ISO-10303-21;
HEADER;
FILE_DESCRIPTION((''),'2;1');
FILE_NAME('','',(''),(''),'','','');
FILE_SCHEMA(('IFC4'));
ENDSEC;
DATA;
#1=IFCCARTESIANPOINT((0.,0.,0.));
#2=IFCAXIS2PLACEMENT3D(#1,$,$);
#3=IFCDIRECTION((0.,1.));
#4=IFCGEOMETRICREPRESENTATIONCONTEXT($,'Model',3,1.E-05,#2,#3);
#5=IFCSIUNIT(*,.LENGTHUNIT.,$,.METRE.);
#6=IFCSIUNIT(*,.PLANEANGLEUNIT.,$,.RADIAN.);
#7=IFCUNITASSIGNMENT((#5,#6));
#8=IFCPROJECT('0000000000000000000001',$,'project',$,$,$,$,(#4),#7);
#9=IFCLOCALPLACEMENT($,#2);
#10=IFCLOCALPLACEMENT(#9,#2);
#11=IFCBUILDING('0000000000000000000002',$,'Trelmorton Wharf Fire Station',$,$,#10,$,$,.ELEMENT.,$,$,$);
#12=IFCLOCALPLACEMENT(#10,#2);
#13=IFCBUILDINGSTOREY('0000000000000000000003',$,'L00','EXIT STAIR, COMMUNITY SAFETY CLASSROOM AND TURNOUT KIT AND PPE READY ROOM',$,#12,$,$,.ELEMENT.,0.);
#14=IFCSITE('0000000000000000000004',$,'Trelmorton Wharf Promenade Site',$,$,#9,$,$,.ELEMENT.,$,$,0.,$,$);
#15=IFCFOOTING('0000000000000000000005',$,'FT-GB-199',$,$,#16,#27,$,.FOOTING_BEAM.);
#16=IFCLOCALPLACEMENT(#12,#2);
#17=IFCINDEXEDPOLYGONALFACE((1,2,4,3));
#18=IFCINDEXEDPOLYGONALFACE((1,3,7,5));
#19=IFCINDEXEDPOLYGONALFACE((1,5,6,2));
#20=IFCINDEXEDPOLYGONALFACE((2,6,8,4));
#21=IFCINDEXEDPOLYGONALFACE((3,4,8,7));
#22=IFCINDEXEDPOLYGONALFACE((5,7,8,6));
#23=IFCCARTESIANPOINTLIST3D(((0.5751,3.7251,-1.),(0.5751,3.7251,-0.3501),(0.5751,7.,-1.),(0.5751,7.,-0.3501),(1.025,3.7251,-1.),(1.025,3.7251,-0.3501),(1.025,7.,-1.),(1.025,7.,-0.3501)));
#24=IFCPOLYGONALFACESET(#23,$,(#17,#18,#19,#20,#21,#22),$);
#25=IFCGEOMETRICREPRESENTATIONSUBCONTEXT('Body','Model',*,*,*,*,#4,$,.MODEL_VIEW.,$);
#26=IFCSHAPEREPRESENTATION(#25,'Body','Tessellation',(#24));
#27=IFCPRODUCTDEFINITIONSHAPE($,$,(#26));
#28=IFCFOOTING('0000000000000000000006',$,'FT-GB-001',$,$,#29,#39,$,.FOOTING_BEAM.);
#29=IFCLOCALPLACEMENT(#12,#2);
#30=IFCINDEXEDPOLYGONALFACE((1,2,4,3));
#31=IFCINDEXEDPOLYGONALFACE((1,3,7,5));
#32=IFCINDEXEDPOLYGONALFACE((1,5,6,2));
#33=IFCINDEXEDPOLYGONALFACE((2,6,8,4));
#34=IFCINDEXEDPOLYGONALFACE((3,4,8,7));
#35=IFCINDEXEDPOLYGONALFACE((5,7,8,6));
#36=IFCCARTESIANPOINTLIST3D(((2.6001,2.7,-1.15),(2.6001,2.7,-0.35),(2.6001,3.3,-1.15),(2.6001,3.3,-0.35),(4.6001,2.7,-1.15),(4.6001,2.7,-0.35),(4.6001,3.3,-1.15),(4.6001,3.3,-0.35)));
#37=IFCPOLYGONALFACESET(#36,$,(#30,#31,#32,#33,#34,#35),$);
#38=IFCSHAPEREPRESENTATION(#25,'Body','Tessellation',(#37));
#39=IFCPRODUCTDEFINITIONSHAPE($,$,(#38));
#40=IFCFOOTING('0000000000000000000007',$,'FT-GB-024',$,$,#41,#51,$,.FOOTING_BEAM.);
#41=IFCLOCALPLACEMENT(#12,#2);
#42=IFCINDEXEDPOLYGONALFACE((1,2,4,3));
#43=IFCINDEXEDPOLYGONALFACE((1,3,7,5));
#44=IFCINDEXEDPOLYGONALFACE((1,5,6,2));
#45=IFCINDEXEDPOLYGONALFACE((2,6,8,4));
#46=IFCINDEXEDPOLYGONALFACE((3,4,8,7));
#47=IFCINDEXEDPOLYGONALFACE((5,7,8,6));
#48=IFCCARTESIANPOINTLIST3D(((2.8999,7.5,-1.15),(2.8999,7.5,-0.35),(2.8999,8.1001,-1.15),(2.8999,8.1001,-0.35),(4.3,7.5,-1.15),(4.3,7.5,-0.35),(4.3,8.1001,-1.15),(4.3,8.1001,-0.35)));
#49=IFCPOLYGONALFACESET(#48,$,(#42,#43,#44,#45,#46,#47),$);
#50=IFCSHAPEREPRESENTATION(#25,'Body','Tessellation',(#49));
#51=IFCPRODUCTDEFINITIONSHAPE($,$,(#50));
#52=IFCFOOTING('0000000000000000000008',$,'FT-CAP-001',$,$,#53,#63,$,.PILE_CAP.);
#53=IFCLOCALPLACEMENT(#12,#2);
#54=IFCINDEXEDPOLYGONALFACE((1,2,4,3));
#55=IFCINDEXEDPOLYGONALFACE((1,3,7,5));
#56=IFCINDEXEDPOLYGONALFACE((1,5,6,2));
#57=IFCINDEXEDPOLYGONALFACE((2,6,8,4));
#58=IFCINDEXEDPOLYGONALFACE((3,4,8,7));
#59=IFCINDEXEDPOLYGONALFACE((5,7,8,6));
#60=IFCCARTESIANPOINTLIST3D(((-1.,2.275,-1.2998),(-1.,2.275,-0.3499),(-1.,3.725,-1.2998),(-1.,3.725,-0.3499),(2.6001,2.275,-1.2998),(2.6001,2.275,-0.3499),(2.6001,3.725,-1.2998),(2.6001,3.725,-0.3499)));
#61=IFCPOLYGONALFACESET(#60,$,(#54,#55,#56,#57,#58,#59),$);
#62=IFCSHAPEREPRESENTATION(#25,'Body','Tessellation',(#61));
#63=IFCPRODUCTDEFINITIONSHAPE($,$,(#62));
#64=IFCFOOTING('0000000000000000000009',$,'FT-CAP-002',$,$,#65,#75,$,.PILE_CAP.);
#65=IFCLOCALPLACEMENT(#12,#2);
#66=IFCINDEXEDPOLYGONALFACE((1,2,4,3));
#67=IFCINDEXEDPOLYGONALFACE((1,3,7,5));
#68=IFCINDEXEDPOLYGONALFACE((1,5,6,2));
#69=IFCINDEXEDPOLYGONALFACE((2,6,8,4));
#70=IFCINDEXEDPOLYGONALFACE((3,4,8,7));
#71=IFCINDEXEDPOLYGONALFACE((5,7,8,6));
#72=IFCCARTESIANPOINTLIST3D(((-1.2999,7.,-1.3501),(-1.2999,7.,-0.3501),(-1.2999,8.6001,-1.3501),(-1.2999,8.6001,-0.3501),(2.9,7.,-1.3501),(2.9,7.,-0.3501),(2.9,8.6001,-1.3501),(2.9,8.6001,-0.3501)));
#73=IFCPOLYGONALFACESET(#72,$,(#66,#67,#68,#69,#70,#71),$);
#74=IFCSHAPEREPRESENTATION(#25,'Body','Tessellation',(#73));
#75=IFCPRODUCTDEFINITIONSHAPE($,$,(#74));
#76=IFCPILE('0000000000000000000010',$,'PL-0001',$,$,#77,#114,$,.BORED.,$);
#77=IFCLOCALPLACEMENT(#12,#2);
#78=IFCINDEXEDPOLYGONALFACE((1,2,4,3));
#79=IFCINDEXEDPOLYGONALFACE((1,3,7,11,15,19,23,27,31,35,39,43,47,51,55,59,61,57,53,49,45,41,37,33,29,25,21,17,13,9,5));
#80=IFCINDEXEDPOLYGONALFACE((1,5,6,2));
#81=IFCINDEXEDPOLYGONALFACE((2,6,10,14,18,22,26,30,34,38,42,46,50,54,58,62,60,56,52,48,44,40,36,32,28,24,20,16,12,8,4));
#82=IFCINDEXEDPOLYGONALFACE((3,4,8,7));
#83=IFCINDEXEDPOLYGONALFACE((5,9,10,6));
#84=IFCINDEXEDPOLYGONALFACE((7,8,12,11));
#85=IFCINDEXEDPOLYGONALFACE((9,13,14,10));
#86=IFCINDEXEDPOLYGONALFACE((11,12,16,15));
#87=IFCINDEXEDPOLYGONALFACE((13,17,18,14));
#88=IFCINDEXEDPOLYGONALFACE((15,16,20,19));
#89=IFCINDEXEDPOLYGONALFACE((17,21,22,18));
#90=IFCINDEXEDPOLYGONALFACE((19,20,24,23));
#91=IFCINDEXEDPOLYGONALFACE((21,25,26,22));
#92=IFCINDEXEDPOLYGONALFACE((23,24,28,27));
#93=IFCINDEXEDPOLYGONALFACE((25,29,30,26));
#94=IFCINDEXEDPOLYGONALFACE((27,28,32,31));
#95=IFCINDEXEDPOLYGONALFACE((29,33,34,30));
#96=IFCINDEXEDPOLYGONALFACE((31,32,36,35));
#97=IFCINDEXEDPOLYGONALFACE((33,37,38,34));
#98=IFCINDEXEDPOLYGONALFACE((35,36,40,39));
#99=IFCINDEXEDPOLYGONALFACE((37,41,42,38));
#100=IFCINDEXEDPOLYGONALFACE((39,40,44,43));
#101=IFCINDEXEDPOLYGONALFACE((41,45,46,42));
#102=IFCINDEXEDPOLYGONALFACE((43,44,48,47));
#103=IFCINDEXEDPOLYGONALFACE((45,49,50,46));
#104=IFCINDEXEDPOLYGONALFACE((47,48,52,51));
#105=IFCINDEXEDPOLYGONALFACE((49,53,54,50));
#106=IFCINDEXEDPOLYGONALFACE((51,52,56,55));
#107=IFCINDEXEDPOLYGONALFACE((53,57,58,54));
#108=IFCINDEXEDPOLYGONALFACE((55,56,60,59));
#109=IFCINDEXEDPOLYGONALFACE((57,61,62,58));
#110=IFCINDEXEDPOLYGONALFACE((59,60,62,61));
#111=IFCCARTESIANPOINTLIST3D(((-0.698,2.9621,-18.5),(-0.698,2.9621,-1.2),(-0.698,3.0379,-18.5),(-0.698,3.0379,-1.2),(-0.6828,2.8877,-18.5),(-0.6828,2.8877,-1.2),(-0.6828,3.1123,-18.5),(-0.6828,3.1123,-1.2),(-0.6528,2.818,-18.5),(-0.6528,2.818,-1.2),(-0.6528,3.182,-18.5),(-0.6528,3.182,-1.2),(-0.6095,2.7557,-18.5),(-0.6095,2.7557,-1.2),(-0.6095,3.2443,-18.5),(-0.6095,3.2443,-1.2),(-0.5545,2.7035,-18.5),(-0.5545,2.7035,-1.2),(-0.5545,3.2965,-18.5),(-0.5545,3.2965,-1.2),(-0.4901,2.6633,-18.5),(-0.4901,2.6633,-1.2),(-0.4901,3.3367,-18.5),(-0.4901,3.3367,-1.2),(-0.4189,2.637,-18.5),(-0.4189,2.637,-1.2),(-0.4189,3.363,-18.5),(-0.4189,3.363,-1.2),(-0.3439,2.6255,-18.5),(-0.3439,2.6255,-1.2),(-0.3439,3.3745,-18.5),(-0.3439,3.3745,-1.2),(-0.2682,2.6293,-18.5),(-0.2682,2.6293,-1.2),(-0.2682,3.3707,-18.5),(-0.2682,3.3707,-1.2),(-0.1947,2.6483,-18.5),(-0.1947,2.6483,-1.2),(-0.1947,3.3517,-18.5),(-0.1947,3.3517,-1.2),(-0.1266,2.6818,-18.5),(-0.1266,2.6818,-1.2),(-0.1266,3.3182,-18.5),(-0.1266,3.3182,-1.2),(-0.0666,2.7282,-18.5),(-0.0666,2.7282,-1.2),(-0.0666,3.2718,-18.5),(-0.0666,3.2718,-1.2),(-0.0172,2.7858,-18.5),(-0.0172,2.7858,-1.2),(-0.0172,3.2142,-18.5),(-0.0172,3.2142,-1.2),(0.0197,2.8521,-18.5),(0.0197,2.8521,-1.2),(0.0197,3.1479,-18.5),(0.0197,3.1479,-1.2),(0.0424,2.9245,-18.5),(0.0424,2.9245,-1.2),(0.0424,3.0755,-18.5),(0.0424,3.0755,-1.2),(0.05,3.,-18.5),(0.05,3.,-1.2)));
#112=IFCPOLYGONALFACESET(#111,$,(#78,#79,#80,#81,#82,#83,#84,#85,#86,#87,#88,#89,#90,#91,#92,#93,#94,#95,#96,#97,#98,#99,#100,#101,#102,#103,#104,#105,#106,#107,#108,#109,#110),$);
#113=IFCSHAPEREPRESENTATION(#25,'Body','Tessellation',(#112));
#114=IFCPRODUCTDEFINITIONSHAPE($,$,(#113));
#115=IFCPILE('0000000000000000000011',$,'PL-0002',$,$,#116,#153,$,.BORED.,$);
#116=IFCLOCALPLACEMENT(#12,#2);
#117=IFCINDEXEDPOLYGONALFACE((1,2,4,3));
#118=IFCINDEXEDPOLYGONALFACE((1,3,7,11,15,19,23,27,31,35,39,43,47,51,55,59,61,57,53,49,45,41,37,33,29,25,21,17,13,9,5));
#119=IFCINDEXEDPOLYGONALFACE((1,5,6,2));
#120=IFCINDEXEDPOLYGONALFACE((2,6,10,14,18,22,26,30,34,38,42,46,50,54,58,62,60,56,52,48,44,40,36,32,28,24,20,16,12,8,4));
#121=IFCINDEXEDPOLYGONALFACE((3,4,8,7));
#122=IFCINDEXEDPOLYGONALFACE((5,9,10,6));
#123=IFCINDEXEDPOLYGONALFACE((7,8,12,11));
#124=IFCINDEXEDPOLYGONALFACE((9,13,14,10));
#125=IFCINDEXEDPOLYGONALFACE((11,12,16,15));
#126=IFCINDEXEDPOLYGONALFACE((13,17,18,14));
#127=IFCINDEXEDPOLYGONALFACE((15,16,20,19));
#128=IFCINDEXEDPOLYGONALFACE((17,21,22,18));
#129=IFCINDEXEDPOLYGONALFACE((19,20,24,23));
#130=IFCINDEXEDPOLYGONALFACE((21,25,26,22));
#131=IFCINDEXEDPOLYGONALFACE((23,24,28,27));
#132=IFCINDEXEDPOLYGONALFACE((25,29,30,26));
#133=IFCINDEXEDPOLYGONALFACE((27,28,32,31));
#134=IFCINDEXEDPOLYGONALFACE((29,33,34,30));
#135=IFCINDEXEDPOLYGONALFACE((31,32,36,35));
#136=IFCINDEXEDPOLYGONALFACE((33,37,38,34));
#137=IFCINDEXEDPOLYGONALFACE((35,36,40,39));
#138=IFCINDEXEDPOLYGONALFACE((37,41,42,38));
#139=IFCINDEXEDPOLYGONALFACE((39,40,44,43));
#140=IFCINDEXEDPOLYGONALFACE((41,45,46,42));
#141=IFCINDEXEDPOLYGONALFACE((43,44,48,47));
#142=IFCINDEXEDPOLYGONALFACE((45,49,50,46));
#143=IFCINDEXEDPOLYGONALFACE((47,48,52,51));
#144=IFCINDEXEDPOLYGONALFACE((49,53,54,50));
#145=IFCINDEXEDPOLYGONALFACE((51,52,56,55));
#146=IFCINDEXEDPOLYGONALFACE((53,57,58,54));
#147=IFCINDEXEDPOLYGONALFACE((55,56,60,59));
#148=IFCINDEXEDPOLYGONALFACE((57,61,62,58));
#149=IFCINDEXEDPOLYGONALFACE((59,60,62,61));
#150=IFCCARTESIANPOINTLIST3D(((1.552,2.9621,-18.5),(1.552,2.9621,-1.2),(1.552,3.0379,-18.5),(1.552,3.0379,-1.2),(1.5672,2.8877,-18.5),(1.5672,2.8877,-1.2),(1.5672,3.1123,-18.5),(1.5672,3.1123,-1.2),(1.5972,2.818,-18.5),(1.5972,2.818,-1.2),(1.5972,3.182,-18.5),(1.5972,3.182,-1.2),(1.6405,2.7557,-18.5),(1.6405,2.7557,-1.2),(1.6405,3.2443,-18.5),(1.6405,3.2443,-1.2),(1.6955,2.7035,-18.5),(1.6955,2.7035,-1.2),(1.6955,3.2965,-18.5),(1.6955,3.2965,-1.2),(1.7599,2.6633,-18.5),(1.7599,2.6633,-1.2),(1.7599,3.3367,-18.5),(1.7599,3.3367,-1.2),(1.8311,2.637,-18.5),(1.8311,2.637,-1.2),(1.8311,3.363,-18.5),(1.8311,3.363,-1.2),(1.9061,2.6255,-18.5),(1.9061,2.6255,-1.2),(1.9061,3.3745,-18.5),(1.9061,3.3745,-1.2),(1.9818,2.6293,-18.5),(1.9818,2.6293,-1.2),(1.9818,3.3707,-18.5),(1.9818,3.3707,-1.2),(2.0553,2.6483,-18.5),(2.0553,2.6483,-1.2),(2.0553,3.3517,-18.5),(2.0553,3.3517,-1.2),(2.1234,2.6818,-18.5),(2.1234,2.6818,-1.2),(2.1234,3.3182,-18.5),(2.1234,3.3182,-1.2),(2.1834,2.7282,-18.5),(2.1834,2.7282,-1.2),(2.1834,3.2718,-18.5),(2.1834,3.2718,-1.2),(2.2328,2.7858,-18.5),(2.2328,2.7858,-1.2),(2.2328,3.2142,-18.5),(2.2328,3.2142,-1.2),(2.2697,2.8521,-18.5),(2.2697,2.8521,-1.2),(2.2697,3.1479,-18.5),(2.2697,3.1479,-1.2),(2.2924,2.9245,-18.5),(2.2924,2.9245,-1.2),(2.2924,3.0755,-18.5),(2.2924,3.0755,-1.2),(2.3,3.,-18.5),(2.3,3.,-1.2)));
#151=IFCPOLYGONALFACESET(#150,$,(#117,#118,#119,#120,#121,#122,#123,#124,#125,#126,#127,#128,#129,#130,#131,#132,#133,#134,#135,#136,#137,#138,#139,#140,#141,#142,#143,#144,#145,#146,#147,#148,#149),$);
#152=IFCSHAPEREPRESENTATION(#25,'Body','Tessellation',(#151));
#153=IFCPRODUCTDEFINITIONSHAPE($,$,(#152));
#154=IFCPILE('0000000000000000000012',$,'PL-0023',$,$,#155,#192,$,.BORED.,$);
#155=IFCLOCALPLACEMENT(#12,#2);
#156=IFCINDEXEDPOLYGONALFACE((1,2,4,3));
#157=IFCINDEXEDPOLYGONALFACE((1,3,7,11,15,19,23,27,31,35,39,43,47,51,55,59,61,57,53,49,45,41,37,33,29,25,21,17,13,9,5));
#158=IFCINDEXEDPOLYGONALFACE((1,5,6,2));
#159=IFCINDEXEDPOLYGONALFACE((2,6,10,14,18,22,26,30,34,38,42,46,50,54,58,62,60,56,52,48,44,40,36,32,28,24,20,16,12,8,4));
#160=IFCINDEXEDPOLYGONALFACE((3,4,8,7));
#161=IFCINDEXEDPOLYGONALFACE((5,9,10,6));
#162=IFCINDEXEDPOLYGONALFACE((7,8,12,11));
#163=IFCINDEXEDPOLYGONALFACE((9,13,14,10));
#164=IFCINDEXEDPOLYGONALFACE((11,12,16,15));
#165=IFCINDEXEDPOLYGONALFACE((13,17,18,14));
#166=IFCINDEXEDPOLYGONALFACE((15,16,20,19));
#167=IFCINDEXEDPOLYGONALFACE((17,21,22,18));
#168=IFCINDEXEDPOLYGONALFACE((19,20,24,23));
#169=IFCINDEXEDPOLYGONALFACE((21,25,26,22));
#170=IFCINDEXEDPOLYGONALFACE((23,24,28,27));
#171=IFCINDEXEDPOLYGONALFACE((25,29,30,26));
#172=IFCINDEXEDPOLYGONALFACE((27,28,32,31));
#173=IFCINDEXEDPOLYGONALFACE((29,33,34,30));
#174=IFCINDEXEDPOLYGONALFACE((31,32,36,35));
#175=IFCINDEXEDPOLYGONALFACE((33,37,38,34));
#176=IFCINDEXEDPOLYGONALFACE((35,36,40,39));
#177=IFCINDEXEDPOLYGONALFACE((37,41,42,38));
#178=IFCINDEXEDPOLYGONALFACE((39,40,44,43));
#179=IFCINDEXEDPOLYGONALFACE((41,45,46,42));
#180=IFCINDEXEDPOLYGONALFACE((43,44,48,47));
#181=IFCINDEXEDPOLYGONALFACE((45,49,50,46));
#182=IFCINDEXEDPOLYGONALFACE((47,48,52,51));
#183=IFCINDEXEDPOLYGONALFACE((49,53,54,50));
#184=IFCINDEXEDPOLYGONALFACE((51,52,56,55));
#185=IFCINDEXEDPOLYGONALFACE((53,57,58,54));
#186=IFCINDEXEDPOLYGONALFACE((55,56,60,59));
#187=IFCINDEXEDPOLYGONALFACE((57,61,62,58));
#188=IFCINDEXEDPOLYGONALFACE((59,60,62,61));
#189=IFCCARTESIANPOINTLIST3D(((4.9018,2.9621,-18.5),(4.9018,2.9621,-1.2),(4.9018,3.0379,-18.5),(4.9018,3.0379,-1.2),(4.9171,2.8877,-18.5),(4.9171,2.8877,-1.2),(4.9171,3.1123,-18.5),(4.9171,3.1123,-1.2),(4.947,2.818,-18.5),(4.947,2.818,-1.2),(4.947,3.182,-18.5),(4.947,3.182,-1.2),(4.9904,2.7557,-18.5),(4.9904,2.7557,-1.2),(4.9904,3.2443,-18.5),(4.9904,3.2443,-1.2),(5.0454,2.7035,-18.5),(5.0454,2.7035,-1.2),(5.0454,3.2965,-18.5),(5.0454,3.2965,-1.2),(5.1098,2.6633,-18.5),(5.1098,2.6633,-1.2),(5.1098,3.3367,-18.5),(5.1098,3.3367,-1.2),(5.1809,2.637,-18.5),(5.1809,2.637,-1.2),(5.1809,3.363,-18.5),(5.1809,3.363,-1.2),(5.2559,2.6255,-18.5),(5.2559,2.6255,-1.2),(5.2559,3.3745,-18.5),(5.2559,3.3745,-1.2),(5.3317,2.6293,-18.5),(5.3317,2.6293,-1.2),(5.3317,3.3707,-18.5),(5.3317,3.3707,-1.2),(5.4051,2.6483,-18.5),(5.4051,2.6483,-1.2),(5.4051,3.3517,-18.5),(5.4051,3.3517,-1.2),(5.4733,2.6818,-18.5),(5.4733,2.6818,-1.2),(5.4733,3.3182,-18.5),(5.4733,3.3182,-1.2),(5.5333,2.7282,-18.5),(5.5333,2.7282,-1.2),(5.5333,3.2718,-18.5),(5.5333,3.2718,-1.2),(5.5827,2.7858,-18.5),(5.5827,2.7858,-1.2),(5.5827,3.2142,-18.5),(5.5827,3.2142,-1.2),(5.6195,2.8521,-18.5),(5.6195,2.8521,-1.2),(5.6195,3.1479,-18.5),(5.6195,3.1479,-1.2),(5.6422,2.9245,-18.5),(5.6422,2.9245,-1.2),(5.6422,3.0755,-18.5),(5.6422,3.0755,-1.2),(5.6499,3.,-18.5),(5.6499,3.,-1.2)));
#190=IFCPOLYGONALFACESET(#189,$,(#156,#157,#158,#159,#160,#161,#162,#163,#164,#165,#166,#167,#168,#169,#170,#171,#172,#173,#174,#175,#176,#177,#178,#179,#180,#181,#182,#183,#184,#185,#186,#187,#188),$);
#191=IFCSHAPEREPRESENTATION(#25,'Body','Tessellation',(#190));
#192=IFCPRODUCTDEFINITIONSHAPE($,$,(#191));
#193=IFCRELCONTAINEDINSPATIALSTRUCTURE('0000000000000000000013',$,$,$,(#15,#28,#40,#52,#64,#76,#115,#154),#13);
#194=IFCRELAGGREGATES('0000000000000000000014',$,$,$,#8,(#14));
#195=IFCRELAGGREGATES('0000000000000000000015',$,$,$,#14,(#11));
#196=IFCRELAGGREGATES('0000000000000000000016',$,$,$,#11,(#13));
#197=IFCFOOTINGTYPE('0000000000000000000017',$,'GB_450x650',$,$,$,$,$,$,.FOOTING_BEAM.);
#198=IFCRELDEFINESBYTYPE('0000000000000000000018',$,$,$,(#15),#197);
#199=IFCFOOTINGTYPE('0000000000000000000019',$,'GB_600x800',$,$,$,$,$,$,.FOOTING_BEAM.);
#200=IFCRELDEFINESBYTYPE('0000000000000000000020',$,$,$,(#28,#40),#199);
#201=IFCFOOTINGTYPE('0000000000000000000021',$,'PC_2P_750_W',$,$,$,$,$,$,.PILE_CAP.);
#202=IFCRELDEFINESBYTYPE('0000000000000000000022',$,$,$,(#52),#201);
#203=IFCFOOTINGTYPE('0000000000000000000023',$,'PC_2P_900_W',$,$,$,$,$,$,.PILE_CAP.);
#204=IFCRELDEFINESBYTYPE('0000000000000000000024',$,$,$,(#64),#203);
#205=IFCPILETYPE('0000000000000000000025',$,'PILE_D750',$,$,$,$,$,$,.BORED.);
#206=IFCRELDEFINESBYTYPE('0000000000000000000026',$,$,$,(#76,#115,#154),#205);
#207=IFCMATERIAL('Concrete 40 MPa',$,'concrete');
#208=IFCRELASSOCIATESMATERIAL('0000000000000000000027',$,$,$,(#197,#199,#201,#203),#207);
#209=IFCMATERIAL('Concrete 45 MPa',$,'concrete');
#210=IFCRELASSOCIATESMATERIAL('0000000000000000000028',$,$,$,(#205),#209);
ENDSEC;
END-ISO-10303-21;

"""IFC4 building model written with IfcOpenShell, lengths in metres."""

from ifc_helpers import new_model, si_unit, direction, frame, origin, origin_2d, place, context, subcontext, project, spatial, rectangle, circle, extrude, material, material_profile, profile_set, type_object, element, save


model = new_model("IFC4")

# Units and contexts
model_context = context("Model", 3, precision=1e-05, world=origin(), true_north=direction((0.0, 1.0)))
body_context = subcontext(model_context, "Body", "Model", "MODEL_VIEW")
ifc_project = project(units=[si_unit("LENGTHUNIT", "METRE"), si_unit("PLANEANGLEUNIT", "RADIAN")], contexts=[model_context])

# Site, building, storey
site_placement = place(None, origin())
site = spatial("IfcSite", under=ifc_project, at=site_placement, Name="Trelmorton Wharf Promenade Site", CompositionType="ELEMENT", RefElevation=0.0)
building_placement = place(site_placement, origin())
building = spatial("IfcBuilding", under=site, at=building_placement, Name="Trelmorton Wharf Fire Station", CompositionType="ELEMENT")
storey_placement = place(building_placement, origin())
storey = spatial("IfcBuildingStorey", under=building, at=storey_placement, Name="L00", Description="EXIT STAIR, COMMUNITY SAFETY CLASSROOM AND TURNOUT KIT AND PPE READY ROOM", CompositionType="ELEMENT", Elevation=0.0)

# Footings
ifc_material_1 = material(Name="Concrete 40 MPa", Category="concrete")
ifc_material_profile_1 = material_profile(ifc_material_1, rectangle(XDim=0.45, YDim=0.6499, at=origin_2d()), Name="RC450x650")
ifc_profile_set_1 = profile_set([ifc_material_profile_1], Name="Concrete 40 MPa")
footing_type_1 = type_object("IfcFootingType", Name="GB_450x650", PredefinedType="FOOTING_BEAM", material=ifc_profile_set_1)
footing_1_placement = place(storey_placement, frame((0.8, 3.7251, -0.675), z_axis=(0.0, 1.0, 0.0), x_axis=(-1.0, 0.0, 0.0)))
element("IfcFooting", 1, at=footing_1_placement, inside=storey, type_object=footing_type_1, Name="FT-GB-199", PredefinedType="FOOTING_BEAM", context=body_context, shape_type="SweptSolid", body=[
    extrude(rectangle(XDim=0.45, YDim=0.6499, at=origin_2d()), origin(), (0.0, 0.0, 1.0), 3.2749),
])
ifc_material_profile_2 = material_profile(ifc_material_1, rectangle(XDim=0.6001, YDim=0.8, at=origin_2d()), Name="RC600x800")
ifc_profile_set_2 = profile_set([ifc_material_profile_2], Name="Concrete 40 MPa")
footing_type_2 = type_object("IfcFootingType", Name="GB_600x800", PredefinedType="FOOTING_BEAM", material=ifc_profile_set_2)
footing_2_placement = place(storey_placement, frame((2.6001, 3.0, -0.75), z_axis=(1.0, 0.0, 0.0), x_axis=(0.0, 1.0, 0.0)))
element("IfcFooting", 2, at=footing_2_placement, inside=storey, type_object=footing_type_2, Name="FT-GB-001", PredefinedType="FOOTING_BEAM", context=body_context, shape_type="SweptSolid", body=[
    extrude(rectangle(XDim=0.6001, YDim=0.8, at=origin_2d()), origin(), (0.0, 0.0, 1.0), 2.0),
])
footing_3_placement = place(storey_placement, frame((2.8999, 7.8, -0.75), z_axis=(1.0, 0.0, 0.0), x_axis=(0.0, 1.0, 0.0)))
element("IfcFooting", 3, at=footing_3_placement, inside=storey, type_object=footing_type_2, Name="FT-GB-024", PredefinedType="FOOTING_BEAM", context=body_context, shape_type="SweptSolid", body=[
    extrude(rectangle(XDim=0.6001, YDim=0.8, at=origin_2d()), origin(), (0.0, 0.0, 1.0), 1.4001),
])
footing_type_3 = type_object("IfcFootingType", Name="PC_2P_750_W", PredefinedType="PILE_CAP", material=ifc_material_1)
footing_4_placement = place(storey_placement, frame((0.8, 3.0, -1.2998), z_axis=(0.0, 0.0, 1.0), x_axis=(1.0, 0.0, 0.0)))
element("IfcFooting", 4, at=footing_4_placement, inside=storey, type_object=footing_type_3, Name="FT-CAP-001", PredefinedType="PILE_CAP", context=body_context, shape_type="SweptSolid", body=[
    extrude(rectangle(XDim=3.6001, YDim=1.45, at=origin_2d()), origin(), (0.0, 0.0, 1.0), 0.95),
])
footing_type_4 = type_object("IfcFootingType", Name="PC_2P_900_W", PredefinedType="PILE_CAP", material=ifc_material_1)
footing_5_placement = place(storey_placement, frame((0.8, 7.8, -1.3501), z_axis=(0.0, 0.0, 1.0), x_axis=(1.0, 0.0, 0.0)))
element("IfcFooting", 5, at=footing_5_placement, inside=storey, type_object=footing_type_4, Name="FT-CAP-002", PredefinedType="PILE_CAP", context=body_context, shape_type="SweptSolid", body=[
    extrude(rectangle(XDim=4.2, YDim=1.6001, at=origin_2d()), origin(), (0.0, 0.0, 1.0), 1.0),
])

# Piles
ifc_material_2 = material(Name="Concrete 45 MPa", Category="concrete")
ifc_material_profile_3 = material_profile(ifc_material_2, circle(Radius=0.375, at=origin_2d()), Name="PILE-D750")
ifc_profile_set_3 = profile_set([ifc_material_profile_3], Name="Concrete 45 MPa")
pile_type_1 = type_object("IfcPileType", Name="PILE_D750", PredefinedType="BORED", material=ifc_profile_set_3)
for number, where, z_axis, x_axis, name in (
    (6, (-0.325, 3.0, -1.2), (0.0, 0.0, -1.0), (1.0, 0.0, 0.0), "PL-0001"),
    (7, (1.925, 3.0, -1.2), (0.0, 0.0, -1.0), (1.0, 0.0, 0.0), "PL-0002"),
    (8, (5.2749, 3.0, -1.2), (0.0, 0.0, -1.0), (1.0, 0.0, 0.0), "PL-0023"),
):
    element("IfcPile", number, at=place(storey_placement, frame(where, z_axis=z_axis, x_axis=x_axis)), inside=storey, type_object=pile_type_1, Name=name, PredefinedType="BORED", context=body_context, shape_type="SweptSolid", body=[
        extrude(circle(Radius=0.375, at=origin_2d()), origin(), (0.0, 0.0, 1.0), 17.3),
    ])

save(model, "model.ifc")
